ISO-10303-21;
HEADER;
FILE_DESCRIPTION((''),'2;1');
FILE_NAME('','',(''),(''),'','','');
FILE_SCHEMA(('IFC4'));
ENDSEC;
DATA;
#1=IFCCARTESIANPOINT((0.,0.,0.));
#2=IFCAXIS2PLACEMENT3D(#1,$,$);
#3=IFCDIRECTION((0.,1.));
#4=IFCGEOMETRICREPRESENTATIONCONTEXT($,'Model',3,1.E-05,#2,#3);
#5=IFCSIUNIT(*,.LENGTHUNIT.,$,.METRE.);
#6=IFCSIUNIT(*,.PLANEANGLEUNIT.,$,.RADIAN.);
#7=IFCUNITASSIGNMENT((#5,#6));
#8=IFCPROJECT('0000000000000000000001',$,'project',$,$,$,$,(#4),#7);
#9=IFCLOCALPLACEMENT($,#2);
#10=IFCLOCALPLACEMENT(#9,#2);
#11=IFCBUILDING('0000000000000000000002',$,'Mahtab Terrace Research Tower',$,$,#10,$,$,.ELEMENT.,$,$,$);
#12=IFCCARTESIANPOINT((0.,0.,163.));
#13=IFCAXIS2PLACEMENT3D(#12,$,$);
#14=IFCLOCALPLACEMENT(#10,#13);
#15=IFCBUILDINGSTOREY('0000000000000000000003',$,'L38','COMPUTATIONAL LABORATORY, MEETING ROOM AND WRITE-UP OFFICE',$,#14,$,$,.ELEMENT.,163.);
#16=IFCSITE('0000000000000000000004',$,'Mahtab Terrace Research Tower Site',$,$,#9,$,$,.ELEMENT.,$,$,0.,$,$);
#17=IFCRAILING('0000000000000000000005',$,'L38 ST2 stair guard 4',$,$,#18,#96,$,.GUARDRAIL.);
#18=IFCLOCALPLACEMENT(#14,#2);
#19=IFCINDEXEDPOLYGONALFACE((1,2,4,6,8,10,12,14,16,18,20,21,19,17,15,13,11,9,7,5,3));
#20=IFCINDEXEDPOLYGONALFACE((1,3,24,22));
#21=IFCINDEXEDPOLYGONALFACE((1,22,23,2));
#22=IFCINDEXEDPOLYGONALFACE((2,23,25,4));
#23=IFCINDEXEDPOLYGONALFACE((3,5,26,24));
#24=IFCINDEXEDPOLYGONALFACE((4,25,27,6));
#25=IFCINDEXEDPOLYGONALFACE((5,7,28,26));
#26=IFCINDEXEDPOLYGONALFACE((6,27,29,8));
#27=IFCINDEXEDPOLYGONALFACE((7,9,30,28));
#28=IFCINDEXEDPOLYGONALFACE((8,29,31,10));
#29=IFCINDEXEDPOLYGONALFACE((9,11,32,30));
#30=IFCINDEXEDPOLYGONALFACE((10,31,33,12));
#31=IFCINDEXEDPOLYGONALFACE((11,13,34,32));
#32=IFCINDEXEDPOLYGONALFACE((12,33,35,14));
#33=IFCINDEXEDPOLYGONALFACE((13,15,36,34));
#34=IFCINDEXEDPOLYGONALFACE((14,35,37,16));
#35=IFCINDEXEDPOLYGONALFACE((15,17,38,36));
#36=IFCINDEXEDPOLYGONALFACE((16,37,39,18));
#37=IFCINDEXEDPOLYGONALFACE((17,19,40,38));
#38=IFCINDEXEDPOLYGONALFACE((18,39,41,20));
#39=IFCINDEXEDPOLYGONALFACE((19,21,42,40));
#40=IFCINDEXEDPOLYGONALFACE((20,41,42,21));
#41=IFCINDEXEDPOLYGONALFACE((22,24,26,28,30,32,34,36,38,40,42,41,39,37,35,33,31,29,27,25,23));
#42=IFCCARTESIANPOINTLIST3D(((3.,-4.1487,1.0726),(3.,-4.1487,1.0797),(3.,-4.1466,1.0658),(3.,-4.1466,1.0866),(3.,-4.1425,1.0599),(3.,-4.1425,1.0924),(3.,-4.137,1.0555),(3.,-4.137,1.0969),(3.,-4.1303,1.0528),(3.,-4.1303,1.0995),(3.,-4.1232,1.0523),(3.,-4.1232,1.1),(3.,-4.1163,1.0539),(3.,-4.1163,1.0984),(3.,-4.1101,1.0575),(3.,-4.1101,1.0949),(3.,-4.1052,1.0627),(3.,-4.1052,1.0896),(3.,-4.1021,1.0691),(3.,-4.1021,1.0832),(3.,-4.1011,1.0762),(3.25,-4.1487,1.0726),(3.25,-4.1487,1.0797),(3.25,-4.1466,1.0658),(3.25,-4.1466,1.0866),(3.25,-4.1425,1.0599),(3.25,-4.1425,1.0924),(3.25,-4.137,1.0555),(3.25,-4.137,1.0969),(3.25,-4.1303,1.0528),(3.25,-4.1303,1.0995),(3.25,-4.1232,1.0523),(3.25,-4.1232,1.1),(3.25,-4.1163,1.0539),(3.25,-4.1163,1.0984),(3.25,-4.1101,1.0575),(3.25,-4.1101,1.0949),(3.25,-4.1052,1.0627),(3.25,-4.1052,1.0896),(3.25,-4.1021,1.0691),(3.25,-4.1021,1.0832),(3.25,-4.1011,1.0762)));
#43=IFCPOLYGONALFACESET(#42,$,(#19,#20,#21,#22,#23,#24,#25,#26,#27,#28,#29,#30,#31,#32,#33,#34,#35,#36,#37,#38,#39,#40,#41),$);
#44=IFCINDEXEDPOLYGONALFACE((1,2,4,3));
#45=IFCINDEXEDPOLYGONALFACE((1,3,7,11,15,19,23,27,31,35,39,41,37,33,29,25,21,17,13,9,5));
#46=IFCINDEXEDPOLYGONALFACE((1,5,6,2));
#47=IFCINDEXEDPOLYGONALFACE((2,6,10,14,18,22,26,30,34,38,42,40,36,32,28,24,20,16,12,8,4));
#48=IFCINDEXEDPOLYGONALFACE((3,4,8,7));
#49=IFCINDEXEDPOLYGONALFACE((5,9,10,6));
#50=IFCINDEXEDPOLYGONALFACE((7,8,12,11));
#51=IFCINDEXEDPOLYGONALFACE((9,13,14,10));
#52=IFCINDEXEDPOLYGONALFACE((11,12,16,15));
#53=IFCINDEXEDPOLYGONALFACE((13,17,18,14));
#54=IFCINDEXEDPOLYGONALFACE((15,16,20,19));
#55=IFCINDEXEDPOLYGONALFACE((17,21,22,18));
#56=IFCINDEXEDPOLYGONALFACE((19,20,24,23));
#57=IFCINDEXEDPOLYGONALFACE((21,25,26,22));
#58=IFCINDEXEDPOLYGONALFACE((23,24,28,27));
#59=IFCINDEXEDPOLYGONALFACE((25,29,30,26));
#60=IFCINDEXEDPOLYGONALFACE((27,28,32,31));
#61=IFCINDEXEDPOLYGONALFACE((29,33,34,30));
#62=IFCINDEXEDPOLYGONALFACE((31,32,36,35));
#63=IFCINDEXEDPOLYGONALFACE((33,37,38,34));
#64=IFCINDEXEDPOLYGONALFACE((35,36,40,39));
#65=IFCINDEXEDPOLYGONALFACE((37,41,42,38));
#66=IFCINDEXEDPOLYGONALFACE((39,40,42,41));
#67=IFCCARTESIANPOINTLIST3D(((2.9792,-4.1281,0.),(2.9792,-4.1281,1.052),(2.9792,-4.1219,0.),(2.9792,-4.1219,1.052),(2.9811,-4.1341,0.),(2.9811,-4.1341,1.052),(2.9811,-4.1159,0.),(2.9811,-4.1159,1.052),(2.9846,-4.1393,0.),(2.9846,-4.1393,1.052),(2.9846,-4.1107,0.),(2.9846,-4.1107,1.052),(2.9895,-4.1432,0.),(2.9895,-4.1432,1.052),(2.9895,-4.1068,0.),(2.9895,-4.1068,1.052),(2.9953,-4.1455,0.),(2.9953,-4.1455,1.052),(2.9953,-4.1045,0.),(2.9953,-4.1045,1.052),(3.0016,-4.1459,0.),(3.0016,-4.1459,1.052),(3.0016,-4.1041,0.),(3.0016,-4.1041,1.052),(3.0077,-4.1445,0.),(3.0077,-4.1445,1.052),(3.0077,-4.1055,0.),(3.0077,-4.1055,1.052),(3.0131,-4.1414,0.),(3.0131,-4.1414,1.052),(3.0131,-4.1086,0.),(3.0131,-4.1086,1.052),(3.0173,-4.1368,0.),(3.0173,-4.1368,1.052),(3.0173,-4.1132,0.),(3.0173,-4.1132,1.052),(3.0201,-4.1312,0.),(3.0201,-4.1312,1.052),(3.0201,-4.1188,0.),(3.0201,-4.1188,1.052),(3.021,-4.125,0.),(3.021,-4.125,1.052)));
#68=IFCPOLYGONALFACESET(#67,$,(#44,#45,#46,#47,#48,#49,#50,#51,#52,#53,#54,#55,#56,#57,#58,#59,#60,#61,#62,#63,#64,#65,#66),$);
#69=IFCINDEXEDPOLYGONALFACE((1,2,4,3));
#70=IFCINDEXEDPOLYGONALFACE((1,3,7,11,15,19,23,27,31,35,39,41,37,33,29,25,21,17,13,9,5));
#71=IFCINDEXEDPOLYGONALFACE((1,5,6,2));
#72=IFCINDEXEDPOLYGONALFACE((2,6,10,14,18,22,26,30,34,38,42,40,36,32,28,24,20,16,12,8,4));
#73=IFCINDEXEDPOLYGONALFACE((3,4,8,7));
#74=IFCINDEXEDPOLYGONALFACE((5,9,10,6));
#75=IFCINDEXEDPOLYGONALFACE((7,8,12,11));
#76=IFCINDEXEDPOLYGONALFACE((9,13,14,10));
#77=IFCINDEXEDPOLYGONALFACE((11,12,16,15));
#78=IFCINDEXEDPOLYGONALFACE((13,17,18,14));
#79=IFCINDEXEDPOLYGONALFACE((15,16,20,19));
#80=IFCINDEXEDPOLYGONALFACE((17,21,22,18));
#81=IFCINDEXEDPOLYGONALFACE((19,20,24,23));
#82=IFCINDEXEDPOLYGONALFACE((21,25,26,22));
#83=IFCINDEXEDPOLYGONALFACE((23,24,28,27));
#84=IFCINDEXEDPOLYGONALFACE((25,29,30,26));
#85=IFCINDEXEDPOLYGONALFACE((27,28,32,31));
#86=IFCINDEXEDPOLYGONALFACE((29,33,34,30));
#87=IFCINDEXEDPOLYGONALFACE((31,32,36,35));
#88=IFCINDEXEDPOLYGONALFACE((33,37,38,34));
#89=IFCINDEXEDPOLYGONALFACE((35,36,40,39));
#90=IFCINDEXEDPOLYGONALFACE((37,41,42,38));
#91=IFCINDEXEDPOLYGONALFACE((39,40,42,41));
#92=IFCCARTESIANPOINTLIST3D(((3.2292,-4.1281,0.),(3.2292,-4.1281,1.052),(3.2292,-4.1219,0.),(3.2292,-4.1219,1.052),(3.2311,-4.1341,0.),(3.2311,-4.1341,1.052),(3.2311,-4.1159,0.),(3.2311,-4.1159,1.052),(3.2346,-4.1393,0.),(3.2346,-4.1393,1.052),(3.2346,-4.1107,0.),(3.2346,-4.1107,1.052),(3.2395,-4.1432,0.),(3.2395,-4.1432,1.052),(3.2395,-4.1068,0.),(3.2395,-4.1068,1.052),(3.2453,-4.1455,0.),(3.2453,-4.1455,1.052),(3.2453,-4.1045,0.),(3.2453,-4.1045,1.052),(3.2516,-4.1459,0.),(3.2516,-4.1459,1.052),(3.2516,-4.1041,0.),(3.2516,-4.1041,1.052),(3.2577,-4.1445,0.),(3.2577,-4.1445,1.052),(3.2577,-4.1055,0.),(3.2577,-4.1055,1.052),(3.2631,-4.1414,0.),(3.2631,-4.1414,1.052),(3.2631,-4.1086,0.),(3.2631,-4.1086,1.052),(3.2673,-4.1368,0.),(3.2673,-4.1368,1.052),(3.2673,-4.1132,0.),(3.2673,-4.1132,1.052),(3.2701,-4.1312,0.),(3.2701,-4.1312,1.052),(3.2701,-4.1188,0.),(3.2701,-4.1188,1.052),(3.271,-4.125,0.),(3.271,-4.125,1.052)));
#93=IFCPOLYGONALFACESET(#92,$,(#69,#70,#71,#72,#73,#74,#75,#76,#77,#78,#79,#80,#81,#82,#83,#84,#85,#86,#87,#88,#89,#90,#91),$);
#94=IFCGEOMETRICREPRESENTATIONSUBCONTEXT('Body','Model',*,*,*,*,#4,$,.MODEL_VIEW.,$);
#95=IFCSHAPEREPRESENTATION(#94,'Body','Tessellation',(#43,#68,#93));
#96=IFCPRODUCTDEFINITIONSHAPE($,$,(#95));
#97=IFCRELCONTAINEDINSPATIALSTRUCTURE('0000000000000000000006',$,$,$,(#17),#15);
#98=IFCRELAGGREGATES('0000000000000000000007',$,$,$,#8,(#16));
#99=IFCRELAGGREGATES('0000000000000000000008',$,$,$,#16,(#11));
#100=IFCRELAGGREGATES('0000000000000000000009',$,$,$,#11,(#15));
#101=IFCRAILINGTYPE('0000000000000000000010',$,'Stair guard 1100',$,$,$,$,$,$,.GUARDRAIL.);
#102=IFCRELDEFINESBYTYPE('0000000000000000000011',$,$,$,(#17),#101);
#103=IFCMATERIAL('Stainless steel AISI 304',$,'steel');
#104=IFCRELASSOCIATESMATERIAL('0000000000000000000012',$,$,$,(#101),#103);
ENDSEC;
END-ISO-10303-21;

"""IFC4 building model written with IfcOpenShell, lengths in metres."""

from ifc_helpers import new_model, si_unit, direction, frame, origin, origin_2d, place, context, subcontext, project, spatial, circle, extrude, material, type_object, element, save


model = new_model("IFC4")

# Units and contexts
model_context = context("Model", 3, precision=1e-05, world=origin(), true_north=direction((0.0, 1.0)))
body_context = subcontext(model_context, "Body", "Model", "MODEL_VIEW")
ifc_project = project(units=[si_unit("LENGTHUNIT", "METRE"), si_unit("PLANEANGLEUNIT", "RADIAN")], contexts=[model_context])

# Site, building, storey
site_placement = place(None, origin())
site = spatial("IfcSite", under=ifc_project, at=site_placement, Name="Mahtab Terrace Research Tower Site", CompositionType="ELEMENT", RefElevation=0.0)
building_placement = place(site_placement, origin())
building = spatial("IfcBuilding", under=site, at=building_placement, Name="Mahtab Terrace Research Tower", CompositionType="ELEMENT")
storey_placement = place(building_placement, frame((0.0, 0.0, 163.0)))
storey = spatial("IfcBuildingStorey", under=building, at=storey_placement, Name="L38", Description="COMPUTATIONAL LABORATORY, MEETING ROOM AND WRITE-UP OFFICE", CompositionType="ELEMENT", Elevation=163.0)

# Railing
ifc_material_1 = material(Name="Stainless steel AISI 304", Category="steel")
railing_type_1 = type_object("IfcRailingType", Name="Stair guard 1100", PredefinedType="GUARDRAIL", material=ifc_material_1)
railing_1_placement = place(storey_placement, frame((3.0, -4.125, 0.0)))
element("IfcRailing", 1, at=railing_1_placement, inside=storey, type_object=railing_type_1, Name="L38 ST2 stair guard 4", PredefinedType="GUARDRAIL", context=body_context, shape_type="SweptSolid", body=[
    extrude(circle(Radius=0.0239, at=origin_2d()), frame((0.0, 0.0, 1.0762), z_axis=(1.0, 0.0, 0.0), x_axis=(0.0, 1.0, 0.0)), (0.0, 0.0, 1.0), 0.25),
    extrude(circle(Radius=0.021, at=origin_2d()), origin(), (0.0, 0.0, 1.0), 1.052),
    extrude(circle(Radius=0.021, at=origin_2d()), frame((0.25, 0.0, 0.0)), (0.0, 0.0, 1.0), 1.052),
])

save(model, "model.ifc")
